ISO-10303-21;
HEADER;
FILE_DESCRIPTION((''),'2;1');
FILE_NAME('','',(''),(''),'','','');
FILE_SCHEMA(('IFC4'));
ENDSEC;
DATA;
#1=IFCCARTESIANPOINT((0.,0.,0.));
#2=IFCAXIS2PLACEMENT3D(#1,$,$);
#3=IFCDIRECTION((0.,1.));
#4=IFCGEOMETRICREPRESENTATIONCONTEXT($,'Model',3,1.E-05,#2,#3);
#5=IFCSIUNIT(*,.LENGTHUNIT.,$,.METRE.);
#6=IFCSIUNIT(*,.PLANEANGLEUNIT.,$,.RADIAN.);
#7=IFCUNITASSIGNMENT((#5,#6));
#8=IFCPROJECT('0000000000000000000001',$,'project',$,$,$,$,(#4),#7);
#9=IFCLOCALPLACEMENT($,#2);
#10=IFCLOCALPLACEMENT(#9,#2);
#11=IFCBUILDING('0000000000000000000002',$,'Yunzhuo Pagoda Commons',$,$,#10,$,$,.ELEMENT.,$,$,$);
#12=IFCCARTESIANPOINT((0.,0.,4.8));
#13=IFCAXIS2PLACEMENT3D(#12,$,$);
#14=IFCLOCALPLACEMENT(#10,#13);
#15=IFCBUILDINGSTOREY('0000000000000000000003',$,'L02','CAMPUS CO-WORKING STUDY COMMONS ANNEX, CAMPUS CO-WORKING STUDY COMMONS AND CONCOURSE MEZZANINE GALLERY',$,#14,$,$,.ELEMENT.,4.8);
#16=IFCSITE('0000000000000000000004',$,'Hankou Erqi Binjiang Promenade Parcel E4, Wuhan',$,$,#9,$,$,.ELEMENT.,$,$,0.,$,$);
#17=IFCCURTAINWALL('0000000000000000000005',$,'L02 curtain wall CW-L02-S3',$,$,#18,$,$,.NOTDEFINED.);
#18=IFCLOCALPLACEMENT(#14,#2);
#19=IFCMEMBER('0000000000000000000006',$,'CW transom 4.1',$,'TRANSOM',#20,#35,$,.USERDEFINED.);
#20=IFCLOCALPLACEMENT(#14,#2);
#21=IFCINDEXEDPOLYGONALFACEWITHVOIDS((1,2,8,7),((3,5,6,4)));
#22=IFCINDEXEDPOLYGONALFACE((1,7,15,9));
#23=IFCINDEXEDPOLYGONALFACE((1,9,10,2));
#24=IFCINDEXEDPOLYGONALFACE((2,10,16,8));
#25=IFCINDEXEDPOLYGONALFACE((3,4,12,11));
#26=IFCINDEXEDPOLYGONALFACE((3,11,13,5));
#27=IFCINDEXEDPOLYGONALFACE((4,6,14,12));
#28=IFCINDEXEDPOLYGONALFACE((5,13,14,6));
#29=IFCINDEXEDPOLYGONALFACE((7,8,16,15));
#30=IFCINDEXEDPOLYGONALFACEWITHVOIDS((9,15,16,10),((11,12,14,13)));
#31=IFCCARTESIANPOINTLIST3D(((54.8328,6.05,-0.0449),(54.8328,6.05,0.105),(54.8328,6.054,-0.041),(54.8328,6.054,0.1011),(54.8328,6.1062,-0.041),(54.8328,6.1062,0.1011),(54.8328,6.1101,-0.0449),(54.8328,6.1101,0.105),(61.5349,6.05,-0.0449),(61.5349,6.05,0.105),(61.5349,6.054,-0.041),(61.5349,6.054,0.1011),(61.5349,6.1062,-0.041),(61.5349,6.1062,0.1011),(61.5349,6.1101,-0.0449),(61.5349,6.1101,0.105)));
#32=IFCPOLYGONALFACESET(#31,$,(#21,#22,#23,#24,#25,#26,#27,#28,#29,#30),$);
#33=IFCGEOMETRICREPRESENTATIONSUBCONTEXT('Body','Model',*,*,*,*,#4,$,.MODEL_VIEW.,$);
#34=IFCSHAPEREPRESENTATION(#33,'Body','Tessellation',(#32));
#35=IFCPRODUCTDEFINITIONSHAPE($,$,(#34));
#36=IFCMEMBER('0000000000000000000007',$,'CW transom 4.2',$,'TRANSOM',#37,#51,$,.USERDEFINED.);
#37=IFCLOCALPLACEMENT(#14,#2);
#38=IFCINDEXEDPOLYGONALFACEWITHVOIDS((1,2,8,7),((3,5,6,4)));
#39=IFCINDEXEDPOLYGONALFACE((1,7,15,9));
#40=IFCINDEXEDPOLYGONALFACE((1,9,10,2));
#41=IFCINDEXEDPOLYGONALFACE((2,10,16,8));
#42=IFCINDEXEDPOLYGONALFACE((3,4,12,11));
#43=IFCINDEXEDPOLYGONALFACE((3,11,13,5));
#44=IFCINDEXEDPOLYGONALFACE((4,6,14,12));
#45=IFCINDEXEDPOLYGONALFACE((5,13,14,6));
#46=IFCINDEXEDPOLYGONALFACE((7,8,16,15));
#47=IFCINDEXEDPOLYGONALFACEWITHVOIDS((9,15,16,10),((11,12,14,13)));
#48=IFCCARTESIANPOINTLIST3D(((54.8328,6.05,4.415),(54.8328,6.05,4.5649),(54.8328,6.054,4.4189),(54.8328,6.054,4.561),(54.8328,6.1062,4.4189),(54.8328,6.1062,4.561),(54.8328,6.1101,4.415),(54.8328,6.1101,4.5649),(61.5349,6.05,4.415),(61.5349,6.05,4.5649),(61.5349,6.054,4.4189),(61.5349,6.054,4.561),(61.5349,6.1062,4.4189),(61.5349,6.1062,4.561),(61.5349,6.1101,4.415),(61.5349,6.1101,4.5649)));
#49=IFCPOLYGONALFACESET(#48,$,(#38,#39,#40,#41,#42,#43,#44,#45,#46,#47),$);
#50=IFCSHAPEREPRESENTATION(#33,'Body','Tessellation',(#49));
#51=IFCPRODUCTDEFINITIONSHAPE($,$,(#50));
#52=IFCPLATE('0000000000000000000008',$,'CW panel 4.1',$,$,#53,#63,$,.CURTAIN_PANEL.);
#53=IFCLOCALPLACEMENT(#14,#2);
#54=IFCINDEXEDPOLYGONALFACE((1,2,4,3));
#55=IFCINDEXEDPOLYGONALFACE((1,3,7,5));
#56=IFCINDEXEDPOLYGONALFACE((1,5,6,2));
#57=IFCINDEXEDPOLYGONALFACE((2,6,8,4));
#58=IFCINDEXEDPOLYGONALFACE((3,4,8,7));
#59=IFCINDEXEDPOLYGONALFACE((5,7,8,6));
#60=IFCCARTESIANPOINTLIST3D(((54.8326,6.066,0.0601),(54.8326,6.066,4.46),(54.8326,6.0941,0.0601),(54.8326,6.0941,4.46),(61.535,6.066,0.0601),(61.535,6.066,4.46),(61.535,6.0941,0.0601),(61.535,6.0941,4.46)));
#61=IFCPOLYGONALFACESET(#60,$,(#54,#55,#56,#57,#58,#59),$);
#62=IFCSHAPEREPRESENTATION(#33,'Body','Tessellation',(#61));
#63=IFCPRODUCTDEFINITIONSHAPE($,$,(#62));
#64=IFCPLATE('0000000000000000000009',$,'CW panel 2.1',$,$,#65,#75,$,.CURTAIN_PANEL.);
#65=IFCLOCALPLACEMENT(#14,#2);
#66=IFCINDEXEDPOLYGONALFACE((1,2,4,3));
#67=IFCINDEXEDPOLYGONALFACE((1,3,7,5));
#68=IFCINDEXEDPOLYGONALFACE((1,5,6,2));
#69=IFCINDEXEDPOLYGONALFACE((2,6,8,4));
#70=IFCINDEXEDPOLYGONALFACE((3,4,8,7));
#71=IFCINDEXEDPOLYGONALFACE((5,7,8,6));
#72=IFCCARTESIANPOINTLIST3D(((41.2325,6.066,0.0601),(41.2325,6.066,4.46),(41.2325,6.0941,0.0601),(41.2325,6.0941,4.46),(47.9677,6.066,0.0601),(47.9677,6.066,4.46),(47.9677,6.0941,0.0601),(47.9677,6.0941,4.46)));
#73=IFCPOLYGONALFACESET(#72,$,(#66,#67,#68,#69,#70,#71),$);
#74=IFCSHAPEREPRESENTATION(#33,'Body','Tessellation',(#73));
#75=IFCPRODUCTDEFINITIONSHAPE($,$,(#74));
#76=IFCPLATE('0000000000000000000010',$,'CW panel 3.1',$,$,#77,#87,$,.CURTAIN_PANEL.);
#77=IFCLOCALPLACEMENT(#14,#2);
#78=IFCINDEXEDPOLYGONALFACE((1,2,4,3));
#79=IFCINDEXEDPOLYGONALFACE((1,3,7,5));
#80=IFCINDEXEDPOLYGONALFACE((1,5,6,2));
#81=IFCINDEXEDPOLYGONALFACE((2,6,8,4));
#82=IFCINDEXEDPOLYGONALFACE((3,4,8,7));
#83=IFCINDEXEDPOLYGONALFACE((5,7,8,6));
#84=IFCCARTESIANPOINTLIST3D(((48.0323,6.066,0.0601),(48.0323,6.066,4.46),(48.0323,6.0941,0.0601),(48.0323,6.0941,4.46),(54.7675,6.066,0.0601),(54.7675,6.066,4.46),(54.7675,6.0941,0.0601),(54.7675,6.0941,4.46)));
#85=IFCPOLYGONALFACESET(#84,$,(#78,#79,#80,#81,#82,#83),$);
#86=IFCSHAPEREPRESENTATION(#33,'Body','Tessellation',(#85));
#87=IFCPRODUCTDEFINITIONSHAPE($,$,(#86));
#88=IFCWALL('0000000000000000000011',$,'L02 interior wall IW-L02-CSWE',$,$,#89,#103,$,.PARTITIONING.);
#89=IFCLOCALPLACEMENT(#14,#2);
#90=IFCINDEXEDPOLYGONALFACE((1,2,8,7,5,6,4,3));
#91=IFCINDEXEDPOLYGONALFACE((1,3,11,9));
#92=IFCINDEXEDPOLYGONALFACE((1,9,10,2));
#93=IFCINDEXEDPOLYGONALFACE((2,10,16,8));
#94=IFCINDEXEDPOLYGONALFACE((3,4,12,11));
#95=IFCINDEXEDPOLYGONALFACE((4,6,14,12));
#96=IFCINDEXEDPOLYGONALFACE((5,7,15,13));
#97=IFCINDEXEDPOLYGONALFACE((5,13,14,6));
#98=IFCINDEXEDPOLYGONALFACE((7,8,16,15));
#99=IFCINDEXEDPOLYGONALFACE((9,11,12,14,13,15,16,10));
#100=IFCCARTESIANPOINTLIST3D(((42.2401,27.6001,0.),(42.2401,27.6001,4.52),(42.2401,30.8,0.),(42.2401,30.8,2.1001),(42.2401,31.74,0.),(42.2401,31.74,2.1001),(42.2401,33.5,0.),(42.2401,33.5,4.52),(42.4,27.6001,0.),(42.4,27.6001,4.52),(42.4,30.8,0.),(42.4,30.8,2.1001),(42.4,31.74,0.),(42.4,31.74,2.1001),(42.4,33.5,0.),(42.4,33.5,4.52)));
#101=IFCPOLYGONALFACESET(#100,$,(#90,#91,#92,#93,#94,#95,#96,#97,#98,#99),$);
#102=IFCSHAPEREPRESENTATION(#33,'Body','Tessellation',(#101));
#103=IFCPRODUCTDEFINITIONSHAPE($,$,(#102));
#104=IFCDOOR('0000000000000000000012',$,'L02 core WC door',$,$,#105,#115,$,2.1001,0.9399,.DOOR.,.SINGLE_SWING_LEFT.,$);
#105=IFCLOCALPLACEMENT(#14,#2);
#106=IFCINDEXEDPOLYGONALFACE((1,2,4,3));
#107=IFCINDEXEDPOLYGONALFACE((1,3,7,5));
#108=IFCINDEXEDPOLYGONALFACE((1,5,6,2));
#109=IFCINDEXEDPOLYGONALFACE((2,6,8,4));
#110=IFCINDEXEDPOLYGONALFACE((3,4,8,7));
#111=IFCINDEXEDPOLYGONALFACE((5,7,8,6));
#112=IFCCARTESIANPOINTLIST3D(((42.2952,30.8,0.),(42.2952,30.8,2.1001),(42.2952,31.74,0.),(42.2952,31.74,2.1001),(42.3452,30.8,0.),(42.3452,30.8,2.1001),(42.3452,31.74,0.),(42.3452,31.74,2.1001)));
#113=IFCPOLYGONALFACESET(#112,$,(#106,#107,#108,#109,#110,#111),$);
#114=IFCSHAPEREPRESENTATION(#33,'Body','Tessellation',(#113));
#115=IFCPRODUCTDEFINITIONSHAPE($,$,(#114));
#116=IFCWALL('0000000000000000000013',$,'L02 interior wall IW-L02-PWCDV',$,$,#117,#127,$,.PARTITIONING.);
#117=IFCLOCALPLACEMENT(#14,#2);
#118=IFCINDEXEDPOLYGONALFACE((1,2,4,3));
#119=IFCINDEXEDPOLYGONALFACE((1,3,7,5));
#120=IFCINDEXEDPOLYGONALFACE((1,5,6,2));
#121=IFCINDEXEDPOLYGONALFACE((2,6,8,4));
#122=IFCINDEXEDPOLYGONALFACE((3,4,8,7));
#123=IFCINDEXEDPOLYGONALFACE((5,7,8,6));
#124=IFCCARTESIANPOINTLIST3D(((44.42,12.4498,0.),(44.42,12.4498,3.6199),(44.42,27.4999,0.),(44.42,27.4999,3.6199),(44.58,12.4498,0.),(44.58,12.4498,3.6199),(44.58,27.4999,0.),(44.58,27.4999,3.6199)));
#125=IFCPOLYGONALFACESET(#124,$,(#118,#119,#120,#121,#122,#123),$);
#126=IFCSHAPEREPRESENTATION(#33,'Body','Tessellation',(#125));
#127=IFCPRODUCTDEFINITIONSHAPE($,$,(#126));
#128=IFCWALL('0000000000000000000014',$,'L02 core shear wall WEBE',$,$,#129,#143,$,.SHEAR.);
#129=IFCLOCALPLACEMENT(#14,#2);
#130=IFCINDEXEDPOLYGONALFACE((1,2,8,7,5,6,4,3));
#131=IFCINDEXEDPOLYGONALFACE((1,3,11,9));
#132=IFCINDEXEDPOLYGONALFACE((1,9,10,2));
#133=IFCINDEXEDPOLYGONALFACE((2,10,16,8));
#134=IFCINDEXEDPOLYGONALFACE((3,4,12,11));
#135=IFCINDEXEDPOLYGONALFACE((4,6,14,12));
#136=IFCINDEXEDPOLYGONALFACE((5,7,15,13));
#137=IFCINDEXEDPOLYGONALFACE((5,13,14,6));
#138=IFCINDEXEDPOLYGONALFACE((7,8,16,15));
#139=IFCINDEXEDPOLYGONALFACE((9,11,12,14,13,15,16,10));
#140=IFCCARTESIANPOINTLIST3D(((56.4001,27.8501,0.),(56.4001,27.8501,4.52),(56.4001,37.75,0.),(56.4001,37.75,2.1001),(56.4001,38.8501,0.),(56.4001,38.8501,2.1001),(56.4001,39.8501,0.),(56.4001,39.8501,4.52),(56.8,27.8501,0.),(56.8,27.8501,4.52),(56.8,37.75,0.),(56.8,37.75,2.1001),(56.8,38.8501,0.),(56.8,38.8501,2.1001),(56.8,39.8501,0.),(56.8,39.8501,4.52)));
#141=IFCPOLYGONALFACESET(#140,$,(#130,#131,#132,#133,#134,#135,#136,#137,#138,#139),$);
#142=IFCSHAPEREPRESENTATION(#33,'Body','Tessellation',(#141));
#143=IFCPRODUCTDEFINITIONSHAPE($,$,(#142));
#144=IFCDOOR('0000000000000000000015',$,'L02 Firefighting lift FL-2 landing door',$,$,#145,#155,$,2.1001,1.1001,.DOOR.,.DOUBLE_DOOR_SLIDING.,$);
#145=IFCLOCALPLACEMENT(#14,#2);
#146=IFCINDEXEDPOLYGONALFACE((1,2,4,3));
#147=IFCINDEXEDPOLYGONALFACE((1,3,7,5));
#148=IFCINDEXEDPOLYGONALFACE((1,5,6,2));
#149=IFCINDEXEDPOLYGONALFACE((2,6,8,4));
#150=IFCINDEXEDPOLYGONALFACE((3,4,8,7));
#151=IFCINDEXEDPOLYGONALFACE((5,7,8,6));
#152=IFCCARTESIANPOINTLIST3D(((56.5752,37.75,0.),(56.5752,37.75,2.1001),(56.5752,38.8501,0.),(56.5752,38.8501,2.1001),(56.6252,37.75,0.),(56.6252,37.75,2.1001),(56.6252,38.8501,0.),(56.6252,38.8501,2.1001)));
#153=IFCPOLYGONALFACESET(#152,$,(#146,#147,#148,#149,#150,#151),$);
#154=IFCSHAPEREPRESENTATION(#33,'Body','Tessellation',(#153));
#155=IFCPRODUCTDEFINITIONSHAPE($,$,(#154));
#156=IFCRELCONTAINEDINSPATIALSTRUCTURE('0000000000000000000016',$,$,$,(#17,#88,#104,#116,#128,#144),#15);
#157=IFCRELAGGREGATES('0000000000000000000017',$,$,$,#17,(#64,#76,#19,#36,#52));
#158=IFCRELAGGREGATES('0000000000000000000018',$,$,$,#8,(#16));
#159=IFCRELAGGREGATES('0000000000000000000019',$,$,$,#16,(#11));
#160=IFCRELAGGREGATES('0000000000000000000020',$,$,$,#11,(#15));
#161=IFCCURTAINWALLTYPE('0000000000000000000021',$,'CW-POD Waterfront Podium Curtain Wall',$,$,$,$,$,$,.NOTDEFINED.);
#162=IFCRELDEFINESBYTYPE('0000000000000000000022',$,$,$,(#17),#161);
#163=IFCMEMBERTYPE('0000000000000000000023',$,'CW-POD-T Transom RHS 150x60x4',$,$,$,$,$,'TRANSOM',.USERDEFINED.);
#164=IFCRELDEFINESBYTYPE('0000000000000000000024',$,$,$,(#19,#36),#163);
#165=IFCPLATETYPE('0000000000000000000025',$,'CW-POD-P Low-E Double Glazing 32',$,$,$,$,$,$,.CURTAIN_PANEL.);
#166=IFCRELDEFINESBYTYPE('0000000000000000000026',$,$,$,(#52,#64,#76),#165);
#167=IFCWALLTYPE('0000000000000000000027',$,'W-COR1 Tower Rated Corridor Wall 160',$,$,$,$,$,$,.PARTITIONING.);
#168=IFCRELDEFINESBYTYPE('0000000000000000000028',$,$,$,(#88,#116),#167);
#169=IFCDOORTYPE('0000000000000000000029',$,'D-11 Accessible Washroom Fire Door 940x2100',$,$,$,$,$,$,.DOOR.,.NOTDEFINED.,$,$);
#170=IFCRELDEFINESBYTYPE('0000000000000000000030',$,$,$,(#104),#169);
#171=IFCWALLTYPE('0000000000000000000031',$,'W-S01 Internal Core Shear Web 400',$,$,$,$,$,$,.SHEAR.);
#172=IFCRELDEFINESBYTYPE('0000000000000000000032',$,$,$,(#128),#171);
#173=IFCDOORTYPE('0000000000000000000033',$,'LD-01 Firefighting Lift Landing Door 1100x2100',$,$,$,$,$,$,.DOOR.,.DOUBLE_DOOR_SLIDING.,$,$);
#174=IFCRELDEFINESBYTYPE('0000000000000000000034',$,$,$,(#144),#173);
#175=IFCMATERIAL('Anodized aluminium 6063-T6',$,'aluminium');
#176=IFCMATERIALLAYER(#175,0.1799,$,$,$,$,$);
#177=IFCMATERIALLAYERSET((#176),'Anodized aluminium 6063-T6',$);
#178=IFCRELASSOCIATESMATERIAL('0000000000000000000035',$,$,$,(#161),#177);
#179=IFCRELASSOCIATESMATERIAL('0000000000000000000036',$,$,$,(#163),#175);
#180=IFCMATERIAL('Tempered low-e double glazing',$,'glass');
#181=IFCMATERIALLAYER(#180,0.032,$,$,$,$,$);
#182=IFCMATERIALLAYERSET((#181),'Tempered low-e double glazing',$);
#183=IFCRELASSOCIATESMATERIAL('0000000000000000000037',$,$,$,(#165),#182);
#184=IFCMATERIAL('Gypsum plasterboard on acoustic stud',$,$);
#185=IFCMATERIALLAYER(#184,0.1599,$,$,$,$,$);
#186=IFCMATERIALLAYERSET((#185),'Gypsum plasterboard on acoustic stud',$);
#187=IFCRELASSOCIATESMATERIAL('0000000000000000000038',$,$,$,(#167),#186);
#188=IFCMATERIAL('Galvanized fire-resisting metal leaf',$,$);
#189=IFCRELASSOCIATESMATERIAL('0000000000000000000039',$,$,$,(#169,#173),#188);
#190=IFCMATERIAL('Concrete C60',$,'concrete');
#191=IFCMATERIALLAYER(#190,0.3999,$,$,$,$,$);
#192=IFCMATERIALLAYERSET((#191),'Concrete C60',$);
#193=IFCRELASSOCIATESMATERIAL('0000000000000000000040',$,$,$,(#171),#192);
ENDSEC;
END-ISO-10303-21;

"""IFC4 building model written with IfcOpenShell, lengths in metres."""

from ifc_helpers import new_model, si_unit, direction, frame, frame_2d, origin, origin_with_axes, origin_2d, place, context, subcontext, project, spatial, rectangle, hollow_rectangle, extrude, source, transform, mapped, material, layer, layer_set, material_profile, profile_set, type_object, element, fill, aggregate, save


model = new_model("IFC4")

# Units and contexts
model_context = context("Model", 3, precision=1e-05, world=origin(), true_north=direction((0.0, 1.0)))
body_context = subcontext(model_context, "Body", "Model", "MODEL_VIEW")
ifc_project = project(units=[si_unit("LENGTHUNIT", "METRE"), si_unit("PLANEANGLEUNIT", "RADIAN")], contexts=[model_context])

# Site, building, storey
site_placement = place(None, origin())
site = spatial("IfcSite", under=ifc_project, at=site_placement, Name="Hankou Erqi Binjiang Promenade Parcel E4, Wuhan", CompositionType="ELEMENT", RefElevation=0.0)
building_placement = place(site_placement, origin())
building = spatial("IfcBuilding", under=site, at=building_placement, Name="Yunzhuo Pagoda Commons", CompositionType="ELEMENT")
storey_placement = place(building_placement, frame((0.0, 0.0, 4.8)))
storey = spatial("IfcBuildingStorey", under=building, at=storey_placement, Name="L02", Description="CAMPUS CO-WORKING STUDY COMMONS ANNEX, CAMPUS CO-WORKING STUDY COMMONS AND CONCOURSE MEZZANINE GALLERY", CompositionType="ELEMENT", Elevation=4.8)

# Curtain wall, members, plates
ifc_material_1 = material(Name="Anodized aluminium 6063-T6", Category="aluminium")
ifc_layer_1 = layer(ifc_material_1, 0.1799)
ifc_layer_set_1 = layer_set([ifc_layer_1], Name="Anodized aluminium 6063-T6")
curtain_wall_type = type_object("IfcCurtainWallType", Name="CW-POD Waterfront Podium Curtain Wall", PredefinedType="NOTDEFINED", material=ifc_layer_set_1)
curtain_wall_placement = place(storey_placement, origin())
curtain_wall = element("IfcCurtainWall", 1, at=curtain_wall_placement, inside=storey, type_object=curtain_wall_type, Name="L02 curtain wall CW-L02-S3", PredefinedType="NOTDEFINED")
ifc_material_profile_1 = material_profile(ifc_material_1, hollow_rectangle(XDim=0.0601, YDim=0.1499, WallThickness=0.0039, at=origin_2d()), Name="Anodized aluminium 6063-T6")
ifc_profile_set_1 = profile_set([ifc_material_profile_1], Name="Anodized aluminium 6063-T6")
member_type_1 = type_object("IfcMemberType", Name="CW-POD-T Transom RHS 150x60x4", ElementType="TRANSOM", PredefinedType="USERDEFINED", material=ifc_profile_set_1)
shared_shape_1 = source(origin(), body_context, "Body", "SweptSolid", [
    extrude(hollow_rectangle(XDim=0.0601, YDim=0.1499, WallThickness=0.0039, at=origin_2d()), origin(), (0.0, 0.0, 1.0), 6.7021),
])
member_1_placement = place(storey_placement, frame((54.8328, 6.0801, 0.03), z_axis=(1.0, 0.0, 0.0), x_axis=(0.0, 1.0, 0.0)))
member_1 = element("IfcMember", 2, at=member_1_placement, type_object=member_type_1, Name="CW transom 4.1", ObjectType="TRANSOM", PredefinedType="USERDEFINED", context=body_context, shape_type="MappedRepresentation", body=[
    mapped(shared_shape_1, transform((0.0, 0.0, 0.0), scale=1.0)),
])
member_2_placement = place(storey_placement, frame((54.8328, 6.0801, 4.49), z_axis=(1.0, 0.0, 0.0), x_axis=(0.0, 1.0, 0.0)))
member_2 = element("IfcMember", 3, at=member_2_placement, type_object=member_type_1, Name="CW transom 4.2", ObjectType="TRANSOM", PredefinedType="USERDEFINED", context=body_context, shape_type="MappedRepresentation", body=[
    mapped(shared_shape_1, transform((0.0, 0.0, 0.0), scale=1.0)),
])
ifc_material_2 = material(Name="Tempered low-e double glazing", Category="glass")
ifc_layer_2 = layer(ifc_material_2, 0.032)
ifc_layer_set_2 = layer_set([ifc_layer_2], Name="Tempered low-e double glazing")
plate_type = type_object("IfcPlateType", Name="CW-POD-P Low-E Double Glazing 32", PredefinedType="CURTAIN_PANEL", material=ifc_layer_set_2)
shared_shape_2 = source(origin(), body_context, "Body", "SweptSolid", [
    extrude(rectangle(XDim=6.7024, YDim=0.0281, at=origin_2d()), origin(), (0.0, 0.0, 1.0), 4.3999),
])
plate_1_placement = place(storey_placement, frame((58.1838, 6.0801, 0.0601), z_axis=(0.0, 0.0, 1.0), x_axis=(1.0, 0.0, 0.0)))
plate_1 = element("IfcPlate", 4, at=plate_1_placement, type_object=plate_type, Name="CW panel 4.1", PredefinedType="CURTAIN_PANEL", context=body_context, shape_type="MappedRepresentation", body=[
    mapped(shared_shape_2, transform((0.0, 0.0, 0.0), scale=1.0)),
])
shared_shape_3 = source(origin(), body_context, "Body", "SweptSolid", [
    extrude(rectangle(XDim=6.7351, YDim=0.0281, at=origin_2d()), origin(), (0.0, 0.0, 1.0), 4.3999),
])
plate_2_placement = place(storey_placement, frame((44.6001, 6.0801, 0.0601), z_axis=(0.0, 0.0, 1.0), x_axis=(1.0, 0.0, 0.0)))
plate_2 = element("IfcPlate", 5, at=plate_2_placement, type_object=plate_type, Name="CW panel 2.1", PredefinedType="CURTAIN_PANEL", context=body_context, shape_type="MappedRepresentation", body=[
    mapped(shared_shape_3, transform((0.0, 0.0, 0.0), scale=1.0)),
])
plate_3_placement = place(storey_placement, frame((51.3999, 6.0801, 0.0601), z_axis=(0.0, 0.0, 1.0), x_axis=(1.0, 0.0, 0.0)))
plate_3 = element("IfcPlate", 6, at=plate_3_placement, type_object=plate_type, Name="CW panel 3.1", PredefinedType="CURTAIN_PANEL", context=body_context, shape_type="MappedRepresentation", body=[
    mapped(shared_shape_3, transform((0.0, 0.0, 0.0), scale=1.0)),
])
aggregate(curtain_wall, [plate_2, plate_3, member_1, member_2, plate_1])

# Wall, opening, door
ifc_material_3 = material(Name="Gypsum plasterboard on acoustic stud")
ifc_layer_3 = layer(ifc_material_3, 0.1599)
ifc_layer_set_3 = layer_set([ifc_layer_3], Name="Gypsum plasterboard on acoustic stud")
wall_type_1 = type_object("IfcWallType", Name="W-COR1 Tower Rated Corridor Wall 160", PredefinedType="PARTITIONING", material=ifc_layer_set_3)
wall_1_placement = place(storey_placement, frame((42.3201, 27.6001, 0.0), z_axis=(0.0, 0.0, 1.0), x_axis=(0.0, 1.0, 0.0)))
wall_1 = element("IfcWall", 7, at=wall_1_placement, inside=storey, type_object=wall_type_1, Name="L02 interior wall IW-L02-CSWE", PredefinedType="PARTITIONING", context=body_context, shape_type="SweptSolid", body=[
    extrude(rectangle(XDim=5.8999, YDim=0.1599, at=frame_2d((2.95, 0.0))), origin(), (0.0, 0.0, 1.0), 4.52),
])
opening_1_placement = place(wall_1_placement, frame((3.2, 0.0, 0.0)))
opening_1 = element("IfcOpeningElement", 8, at=opening_1_placement, cuts=wall_1, PredefinedType="OPENING", context=body_context, shape_type="SweptSolid", body=[
    extrude(rectangle(XDim=0.9399, YDim=2.1001, at=frame_2d((0.47, 1.05))), frame((0.0, 0.0898, 0.0), z_axis=(0.0, -1.0, 0.0), x_axis=(1.0, 0.0, 0.0)), (0.0, 0.0, 1.0), 0.1799),
])
ifc_material_4 = material(Name="Galvanized fire-resisting metal leaf")
door_type_1 = type_object("IfcDoorType", Name="D-11 Accessible Washroom Fire Door 940x2100", OperationType="NOTDEFINED", PredefinedType="DOOR", material=ifc_material_4)
shared_shape_4 = source(origin(), body_context, "Body", "SweptSolid", [
    extrude(rectangle(XDim=0.9399, YDim=2.1001, at=frame_2d((0.47, 1.05))), frame((0.0, 0.0249, 0.0), z_axis=(0.0, -1.0, 0.0), x_axis=(1.0, 0.0, 0.0)), (0.0, 0.0, 1.0), 0.05),
])
door_1_placement = place(opening_1_placement, origin_with_axes())
door_1 = element("IfcDoor", 9, at=door_1_placement, inside=storey, type_object=door_type_1, Name="L02 core WC door", OperationType="SINGLE_SWING_LEFT", OverallHeight=2.1001, OverallWidth=0.9399, PredefinedType="DOOR", context=body_context, shape_type="MappedRepresentation", body=[
    mapped(shared_shape_4, transform((0.0, 0.0, 0.0), scale=1.0)),
])
fill(opening_1, door_1)

# Wall
wall_2_placement = place(storey_placement, frame((44.5, 12.45, 0.0), z_axis=(0.0, 0.0, 1.0), x_axis=(0.0, 1.0, 0.0)))
element("IfcWall", 10, at=wall_2_placement, inside=storey, type_object=wall_type_1, Name="L02 interior wall IW-L02-PWCDV", PredefinedType="PARTITIONING", context=body_context, shape_type="SweptSolid", body=[
    extrude(rectangle(XDim=15.05, YDim=0.1599, at=frame_2d((7.5249, 0.0))), origin(), (0.0, 0.0, 1.0), 3.6199),
])

# Wall, opening, door
ifc_material_5 = material(Name="Concrete C60", Category="concrete")
ifc_layer_4 = layer(ifc_material_5, 0.3999)
ifc_layer_set_4 = layer_set([ifc_layer_4], Name="Concrete C60")
wall_type_2 = type_object("IfcWallType", Name="W-S01 Internal Core Shear Web 400", PredefinedType="SHEAR", material=ifc_layer_set_4)
wall_3_placement = place(storey_placement, frame((56.6001, 27.8501, 0.0), z_axis=(0.0, 0.0, 1.0), x_axis=(0.0, 1.0, 0.0)))
wall_3 = element("IfcWall", 11, at=wall_3_placement, inside=storey, type_object=wall_type_2, Name="L02 core shear wall WEBE", PredefinedType="SHEAR", context=body_context, shape_type="SweptSolid", body=[
    extrude(rectangle(XDim=12.0, YDim=0.3999, at=frame_2d((6.0, 0.0))), origin(), (0.0, 0.0, 1.0), 4.52),
])
opening_2_placement = place(wall_3_placement, frame((9.8999, 0.0, 0.0)))
opening_2 = element("IfcOpeningElement", 12, at=opening_2_placement, cuts=wall_3, PredefinedType="OPENING", context=body_context, shape_type="SweptSolid", body=[
    extrude(rectangle(XDim=1.1001, YDim=2.1001, at=frame_2d((0.55, 1.05))), frame((0.0, 0.21, 0.0), z_axis=(0.0, -1.0, 0.0), x_axis=(1.0, 0.0, 0.0)), (0.0, 0.0, 1.0), 0.4199),
])
door_type_2 = type_object("IfcDoorType", Name="LD-01 Firefighting Lift Landing Door 1100x2100", OperationType="DOUBLE_DOOR_SLIDING", PredefinedType="DOOR", material=ifc_material_4)
shared_shape_5 = source(origin(), body_context, "Body", "SweptSolid", [
    extrude(rectangle(XDim=1.1001, YDim=2.1001, at=frame_2d((0.55, 1.05))), frame((0.0, 0.0249, 0.0), z_axis=(0.0, -1.0, 0.0), x_axis=(1.0, 0.0, 0.0)), (0.0, 0.0, 1.0), 0.05),
])
door_2_placement = place(opening_2_placement, origin_with_axes())
door_2 = element("IfcDoor", 13, at=door_2_placement, inside=storey, type_object=door_type_2, Name="L02 Firefighting lift FL-2 landing door", OperationType="DOUBLE_DOOR_SLIDING", OverallHeight=2.1001, OverallWidth=1.1001, PredefinedType="DOOR", context=body_context, shape_type="MappedRepresentation", body=[
    mapped(shared_shape_5, transform((0.0, 0.0, 0.0), scale=1.0)),
])
fill(opening_2, door_2)

save(model, "model.ifc")
